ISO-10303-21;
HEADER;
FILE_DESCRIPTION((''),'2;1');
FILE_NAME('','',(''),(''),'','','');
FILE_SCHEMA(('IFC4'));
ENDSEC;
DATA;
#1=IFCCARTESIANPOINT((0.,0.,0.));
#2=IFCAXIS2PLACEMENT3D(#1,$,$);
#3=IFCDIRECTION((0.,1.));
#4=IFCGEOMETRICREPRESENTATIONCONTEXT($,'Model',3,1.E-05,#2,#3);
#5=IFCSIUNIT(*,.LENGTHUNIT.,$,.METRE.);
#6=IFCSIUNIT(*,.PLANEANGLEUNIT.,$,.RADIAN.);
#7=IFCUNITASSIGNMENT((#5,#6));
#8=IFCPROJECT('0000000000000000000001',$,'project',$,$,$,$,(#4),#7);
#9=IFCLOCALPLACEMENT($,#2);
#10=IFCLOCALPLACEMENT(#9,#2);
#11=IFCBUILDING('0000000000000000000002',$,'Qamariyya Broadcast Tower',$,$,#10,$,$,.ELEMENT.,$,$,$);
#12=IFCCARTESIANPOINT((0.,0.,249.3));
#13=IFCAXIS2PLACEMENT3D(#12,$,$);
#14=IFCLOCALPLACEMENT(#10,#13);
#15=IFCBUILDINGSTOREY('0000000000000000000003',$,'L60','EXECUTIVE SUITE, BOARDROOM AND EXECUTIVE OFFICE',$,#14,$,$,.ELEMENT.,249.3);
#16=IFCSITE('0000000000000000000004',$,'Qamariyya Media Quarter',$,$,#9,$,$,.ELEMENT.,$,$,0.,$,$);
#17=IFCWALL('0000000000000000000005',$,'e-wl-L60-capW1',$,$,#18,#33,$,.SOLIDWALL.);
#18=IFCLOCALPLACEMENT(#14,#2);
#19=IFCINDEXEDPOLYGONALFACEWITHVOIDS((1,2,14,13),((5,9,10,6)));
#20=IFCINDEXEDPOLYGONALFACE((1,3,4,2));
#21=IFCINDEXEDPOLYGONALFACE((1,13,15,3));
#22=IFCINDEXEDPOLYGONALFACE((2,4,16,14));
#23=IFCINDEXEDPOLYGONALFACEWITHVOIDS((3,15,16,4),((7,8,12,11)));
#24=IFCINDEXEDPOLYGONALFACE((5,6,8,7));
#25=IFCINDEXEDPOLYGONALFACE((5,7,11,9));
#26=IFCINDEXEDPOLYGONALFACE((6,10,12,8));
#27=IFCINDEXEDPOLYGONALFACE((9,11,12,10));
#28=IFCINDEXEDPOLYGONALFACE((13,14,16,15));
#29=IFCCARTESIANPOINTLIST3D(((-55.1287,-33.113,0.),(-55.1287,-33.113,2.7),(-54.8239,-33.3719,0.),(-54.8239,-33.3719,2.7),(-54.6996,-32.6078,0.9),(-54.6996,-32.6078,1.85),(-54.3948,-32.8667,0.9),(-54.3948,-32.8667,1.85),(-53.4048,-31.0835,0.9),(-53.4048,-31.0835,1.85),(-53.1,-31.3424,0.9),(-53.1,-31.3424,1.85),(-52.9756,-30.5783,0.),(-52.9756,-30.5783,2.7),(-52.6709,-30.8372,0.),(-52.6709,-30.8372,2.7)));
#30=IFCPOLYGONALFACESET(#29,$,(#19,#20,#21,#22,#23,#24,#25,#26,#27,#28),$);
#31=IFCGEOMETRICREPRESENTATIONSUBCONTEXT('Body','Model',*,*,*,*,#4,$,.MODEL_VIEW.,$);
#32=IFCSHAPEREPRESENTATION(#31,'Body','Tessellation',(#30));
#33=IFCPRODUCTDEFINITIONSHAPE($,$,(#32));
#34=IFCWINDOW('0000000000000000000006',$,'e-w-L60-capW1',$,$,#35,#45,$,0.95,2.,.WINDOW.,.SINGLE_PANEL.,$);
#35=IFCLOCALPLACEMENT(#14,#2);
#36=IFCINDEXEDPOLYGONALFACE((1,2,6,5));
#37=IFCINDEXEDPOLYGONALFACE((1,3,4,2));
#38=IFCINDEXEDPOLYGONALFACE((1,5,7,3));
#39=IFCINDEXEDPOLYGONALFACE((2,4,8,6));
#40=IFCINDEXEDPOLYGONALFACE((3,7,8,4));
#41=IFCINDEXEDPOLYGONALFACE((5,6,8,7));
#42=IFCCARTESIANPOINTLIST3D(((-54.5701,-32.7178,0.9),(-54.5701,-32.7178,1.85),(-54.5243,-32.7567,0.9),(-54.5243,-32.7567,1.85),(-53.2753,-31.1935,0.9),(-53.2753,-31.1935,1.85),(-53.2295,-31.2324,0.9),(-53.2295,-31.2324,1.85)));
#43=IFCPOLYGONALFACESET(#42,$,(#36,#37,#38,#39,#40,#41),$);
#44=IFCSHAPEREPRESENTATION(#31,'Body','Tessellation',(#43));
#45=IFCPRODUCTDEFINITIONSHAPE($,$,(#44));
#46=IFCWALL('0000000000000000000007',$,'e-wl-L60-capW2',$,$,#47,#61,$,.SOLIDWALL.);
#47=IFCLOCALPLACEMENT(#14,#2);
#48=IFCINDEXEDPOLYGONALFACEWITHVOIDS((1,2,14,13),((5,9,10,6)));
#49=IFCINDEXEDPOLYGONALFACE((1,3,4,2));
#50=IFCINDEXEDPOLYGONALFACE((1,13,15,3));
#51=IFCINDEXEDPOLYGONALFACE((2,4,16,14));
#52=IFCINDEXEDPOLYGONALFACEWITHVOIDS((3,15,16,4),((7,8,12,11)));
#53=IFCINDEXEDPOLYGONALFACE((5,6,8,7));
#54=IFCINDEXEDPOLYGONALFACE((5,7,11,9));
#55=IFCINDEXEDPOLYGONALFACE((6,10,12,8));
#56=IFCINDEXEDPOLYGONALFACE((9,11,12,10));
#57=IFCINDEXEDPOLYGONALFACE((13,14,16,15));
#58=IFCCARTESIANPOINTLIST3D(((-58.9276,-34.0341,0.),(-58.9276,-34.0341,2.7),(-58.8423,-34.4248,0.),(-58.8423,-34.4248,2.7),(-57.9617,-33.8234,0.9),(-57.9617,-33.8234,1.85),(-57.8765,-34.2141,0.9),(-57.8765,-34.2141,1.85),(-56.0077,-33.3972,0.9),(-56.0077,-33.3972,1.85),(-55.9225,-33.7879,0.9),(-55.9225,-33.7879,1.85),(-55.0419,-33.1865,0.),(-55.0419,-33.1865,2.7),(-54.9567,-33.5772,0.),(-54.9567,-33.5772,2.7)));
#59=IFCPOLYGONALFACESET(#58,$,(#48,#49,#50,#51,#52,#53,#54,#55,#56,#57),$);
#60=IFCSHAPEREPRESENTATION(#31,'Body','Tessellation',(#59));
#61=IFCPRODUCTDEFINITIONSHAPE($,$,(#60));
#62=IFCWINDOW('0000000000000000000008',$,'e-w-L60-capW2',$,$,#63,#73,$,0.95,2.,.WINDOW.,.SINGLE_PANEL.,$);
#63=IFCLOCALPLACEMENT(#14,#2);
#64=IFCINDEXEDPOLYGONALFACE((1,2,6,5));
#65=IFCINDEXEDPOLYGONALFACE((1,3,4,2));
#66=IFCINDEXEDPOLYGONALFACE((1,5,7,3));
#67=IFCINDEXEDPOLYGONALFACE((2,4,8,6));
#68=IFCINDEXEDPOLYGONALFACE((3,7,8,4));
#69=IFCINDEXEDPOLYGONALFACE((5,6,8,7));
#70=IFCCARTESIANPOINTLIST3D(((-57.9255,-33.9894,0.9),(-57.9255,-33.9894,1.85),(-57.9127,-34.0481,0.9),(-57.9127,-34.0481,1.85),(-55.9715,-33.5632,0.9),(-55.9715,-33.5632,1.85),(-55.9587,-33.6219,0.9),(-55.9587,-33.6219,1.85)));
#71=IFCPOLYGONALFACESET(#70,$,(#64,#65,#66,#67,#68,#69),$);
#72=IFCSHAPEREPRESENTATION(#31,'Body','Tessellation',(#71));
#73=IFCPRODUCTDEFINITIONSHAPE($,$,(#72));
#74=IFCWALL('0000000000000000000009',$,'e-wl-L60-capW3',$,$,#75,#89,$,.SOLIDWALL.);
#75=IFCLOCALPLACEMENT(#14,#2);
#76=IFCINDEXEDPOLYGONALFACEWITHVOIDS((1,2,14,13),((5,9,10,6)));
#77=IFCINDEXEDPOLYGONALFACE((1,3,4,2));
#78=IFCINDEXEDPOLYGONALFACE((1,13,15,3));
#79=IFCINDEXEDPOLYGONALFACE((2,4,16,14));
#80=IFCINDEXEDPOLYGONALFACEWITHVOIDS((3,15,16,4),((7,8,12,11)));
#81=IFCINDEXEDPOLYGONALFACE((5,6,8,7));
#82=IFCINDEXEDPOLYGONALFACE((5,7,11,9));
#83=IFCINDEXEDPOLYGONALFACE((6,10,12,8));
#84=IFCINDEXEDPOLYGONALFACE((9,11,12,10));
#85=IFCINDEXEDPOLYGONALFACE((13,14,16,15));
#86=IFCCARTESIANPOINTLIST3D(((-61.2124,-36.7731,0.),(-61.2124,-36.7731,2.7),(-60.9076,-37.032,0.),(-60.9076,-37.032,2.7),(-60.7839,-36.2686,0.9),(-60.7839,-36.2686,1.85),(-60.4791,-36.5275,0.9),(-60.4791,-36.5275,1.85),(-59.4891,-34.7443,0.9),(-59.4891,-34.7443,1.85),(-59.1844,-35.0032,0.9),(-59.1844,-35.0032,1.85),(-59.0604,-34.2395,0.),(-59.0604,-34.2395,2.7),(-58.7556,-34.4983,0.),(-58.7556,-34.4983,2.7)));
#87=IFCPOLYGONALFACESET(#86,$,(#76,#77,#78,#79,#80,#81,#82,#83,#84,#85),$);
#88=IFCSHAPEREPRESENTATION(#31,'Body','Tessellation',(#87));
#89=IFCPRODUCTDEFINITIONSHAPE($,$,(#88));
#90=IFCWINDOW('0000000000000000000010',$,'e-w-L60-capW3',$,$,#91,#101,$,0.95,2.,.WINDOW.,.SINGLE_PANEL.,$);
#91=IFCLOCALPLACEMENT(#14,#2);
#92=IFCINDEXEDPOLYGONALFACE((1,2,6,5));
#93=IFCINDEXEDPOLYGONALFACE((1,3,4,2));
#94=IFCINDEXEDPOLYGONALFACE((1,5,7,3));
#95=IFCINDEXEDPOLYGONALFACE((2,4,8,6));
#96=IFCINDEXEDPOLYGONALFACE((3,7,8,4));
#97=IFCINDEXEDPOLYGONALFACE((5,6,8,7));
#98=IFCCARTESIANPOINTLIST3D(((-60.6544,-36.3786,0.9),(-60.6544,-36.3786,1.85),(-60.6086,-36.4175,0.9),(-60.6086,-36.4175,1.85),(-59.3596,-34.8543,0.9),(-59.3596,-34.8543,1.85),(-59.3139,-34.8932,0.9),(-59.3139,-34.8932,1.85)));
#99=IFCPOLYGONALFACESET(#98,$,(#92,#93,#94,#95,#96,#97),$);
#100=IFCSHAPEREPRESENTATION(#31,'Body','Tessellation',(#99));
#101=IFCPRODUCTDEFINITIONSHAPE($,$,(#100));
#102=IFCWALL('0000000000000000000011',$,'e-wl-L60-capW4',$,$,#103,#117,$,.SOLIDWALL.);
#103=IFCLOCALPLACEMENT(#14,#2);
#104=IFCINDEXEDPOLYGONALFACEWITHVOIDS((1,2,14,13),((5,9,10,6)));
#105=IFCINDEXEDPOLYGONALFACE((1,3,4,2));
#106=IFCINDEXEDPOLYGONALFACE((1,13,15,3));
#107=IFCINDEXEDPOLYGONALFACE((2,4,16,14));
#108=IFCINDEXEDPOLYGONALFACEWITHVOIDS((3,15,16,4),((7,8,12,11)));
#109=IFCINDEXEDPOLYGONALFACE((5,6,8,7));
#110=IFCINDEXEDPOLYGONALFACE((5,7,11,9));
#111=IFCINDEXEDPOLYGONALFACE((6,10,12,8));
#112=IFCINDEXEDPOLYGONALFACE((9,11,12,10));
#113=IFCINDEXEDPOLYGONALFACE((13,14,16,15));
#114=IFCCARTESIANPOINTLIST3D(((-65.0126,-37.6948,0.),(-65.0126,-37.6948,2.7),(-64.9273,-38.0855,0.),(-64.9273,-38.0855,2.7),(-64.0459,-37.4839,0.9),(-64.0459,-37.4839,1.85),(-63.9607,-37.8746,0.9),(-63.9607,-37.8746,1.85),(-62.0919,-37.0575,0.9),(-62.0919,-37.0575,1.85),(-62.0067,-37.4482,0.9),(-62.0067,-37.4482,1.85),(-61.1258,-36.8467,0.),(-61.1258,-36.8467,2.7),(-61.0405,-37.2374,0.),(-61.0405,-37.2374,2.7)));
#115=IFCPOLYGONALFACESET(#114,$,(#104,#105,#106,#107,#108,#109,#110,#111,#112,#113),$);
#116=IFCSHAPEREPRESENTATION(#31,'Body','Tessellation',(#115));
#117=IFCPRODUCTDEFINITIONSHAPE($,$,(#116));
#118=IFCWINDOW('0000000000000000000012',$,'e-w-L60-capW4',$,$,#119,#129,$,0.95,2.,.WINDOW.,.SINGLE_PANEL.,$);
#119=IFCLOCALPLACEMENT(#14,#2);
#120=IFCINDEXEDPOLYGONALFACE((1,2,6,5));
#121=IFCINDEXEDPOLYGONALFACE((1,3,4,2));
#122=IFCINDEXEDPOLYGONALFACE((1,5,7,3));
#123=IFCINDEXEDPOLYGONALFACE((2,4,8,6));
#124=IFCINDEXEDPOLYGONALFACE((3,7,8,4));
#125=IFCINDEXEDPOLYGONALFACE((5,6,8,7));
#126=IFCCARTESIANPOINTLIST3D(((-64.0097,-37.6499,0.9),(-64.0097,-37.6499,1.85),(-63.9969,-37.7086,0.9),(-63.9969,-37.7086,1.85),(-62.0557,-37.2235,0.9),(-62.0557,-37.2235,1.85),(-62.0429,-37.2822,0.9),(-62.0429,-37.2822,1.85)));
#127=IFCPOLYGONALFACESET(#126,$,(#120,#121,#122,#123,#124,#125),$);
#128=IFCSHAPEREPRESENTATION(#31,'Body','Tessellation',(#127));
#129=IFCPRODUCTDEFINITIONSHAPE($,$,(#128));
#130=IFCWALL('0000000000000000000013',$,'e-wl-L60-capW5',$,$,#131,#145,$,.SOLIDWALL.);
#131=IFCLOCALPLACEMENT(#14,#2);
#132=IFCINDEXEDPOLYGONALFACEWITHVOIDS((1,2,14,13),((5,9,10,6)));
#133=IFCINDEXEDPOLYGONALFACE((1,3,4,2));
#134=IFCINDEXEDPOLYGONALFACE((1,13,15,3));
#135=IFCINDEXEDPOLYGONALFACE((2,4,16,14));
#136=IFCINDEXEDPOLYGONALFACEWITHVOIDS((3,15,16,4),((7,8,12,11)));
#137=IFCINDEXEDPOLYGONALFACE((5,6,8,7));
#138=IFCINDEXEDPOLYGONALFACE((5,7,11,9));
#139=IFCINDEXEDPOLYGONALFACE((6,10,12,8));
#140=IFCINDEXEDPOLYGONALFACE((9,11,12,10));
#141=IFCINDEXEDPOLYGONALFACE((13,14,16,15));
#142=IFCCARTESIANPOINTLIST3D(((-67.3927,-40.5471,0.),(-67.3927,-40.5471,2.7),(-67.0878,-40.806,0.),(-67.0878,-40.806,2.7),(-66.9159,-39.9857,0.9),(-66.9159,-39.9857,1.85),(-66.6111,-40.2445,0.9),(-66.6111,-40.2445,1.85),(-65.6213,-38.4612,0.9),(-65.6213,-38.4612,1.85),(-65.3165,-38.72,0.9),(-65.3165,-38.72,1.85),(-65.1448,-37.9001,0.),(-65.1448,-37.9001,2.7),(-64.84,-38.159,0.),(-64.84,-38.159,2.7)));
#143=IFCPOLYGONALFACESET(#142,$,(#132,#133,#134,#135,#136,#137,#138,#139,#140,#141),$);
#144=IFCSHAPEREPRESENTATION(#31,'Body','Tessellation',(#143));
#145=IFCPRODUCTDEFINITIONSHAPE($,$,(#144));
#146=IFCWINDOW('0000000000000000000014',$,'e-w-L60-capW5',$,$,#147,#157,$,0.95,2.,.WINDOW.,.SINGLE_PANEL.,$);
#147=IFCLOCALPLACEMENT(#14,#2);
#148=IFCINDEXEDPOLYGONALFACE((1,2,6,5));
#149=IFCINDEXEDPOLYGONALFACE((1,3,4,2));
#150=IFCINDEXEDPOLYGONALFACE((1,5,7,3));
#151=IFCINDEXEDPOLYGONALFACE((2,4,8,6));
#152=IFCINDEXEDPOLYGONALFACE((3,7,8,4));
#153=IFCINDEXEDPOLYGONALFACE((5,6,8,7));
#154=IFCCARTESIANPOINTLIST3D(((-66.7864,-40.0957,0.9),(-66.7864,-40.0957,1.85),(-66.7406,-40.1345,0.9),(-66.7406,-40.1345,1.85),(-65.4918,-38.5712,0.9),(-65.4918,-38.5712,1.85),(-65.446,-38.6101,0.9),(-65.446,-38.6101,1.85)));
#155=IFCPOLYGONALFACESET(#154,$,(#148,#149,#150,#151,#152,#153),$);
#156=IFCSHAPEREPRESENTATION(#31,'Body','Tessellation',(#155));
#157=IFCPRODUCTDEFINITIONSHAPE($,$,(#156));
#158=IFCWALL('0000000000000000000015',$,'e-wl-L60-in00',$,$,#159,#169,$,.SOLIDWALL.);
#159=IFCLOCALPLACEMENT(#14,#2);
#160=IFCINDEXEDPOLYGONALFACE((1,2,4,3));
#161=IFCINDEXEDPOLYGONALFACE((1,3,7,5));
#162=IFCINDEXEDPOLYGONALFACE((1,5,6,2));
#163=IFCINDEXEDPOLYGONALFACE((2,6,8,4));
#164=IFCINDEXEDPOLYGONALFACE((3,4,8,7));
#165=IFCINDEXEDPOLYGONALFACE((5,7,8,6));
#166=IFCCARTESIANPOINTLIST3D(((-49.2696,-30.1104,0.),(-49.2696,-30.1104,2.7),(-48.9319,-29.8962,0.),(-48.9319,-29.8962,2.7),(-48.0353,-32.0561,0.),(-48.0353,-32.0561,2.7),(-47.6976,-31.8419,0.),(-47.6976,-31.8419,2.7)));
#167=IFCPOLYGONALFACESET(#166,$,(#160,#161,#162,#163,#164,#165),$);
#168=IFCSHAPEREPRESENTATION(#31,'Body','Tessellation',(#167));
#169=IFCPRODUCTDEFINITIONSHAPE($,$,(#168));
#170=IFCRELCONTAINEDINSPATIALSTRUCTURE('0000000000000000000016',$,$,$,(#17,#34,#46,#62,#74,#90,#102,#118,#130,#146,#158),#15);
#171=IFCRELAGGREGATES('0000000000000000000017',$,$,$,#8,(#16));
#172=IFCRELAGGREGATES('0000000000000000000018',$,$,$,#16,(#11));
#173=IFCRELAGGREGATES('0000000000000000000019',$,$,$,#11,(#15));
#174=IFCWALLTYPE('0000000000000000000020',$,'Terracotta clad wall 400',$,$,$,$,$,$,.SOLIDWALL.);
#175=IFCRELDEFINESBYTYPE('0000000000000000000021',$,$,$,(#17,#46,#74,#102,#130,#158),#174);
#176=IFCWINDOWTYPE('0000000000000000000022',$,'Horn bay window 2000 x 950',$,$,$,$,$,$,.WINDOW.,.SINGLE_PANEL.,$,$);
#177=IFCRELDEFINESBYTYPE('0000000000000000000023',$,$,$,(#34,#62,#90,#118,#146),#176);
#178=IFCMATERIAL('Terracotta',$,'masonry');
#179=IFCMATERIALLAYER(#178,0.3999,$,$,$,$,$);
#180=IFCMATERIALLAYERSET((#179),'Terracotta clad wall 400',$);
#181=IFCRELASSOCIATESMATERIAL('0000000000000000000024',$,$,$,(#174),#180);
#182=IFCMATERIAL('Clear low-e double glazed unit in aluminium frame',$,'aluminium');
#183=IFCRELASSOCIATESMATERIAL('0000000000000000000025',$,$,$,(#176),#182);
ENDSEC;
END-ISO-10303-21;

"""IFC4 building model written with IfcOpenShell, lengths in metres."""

from ifc_helpers import new_model, si_unit, direction, frame, frame_2d, origin, place, context, subcontext, project, spatial, rectangle, extrude, material, layer, layer_set, type_object, element, fill, save


model = new_model("IFC4")

# Units and contexts
model_context = context("Model", 3, precision=1e-05, world=origin(), true_north=direction((0.0, 1.0)))
body_context = subcontext(model_context, "Body", "Model", "MODEL_VIEW")
ifc_project = project(units=[si_unit("LENGTHUNIT", "METRE"), si_unit("PLANEANGLEUNIT", "RADIAN")], contexts=[model_context])

# Site, building, storey
site_placement = place(None, origin())
site = spatial("IfcSite", under=ifc_project, at=site_placement, Name="Qamariyya Media Quarter", CompositionType="ELEMENT", RefElevation=0.0)
building_placement = place(site_placement, origin())
building = spatial("IfcBuilding", under=site, at=building_placement, Name="Qamariyya Broadcast Tower", CompositionType="ELEMENT")
storey_placement = place(building_placement, frame((0.0, 0.0, 249.3)))
storey = spatial("IfcBuildingStorey", under=building, at=storey_placement, Name="L60", Description="EXECUTIVE SUITE, BOARDROOM AND EXECUTIVE OFFICE", CompositionType="ELEMENT", Elevation=249.3)

# Walls, openings, windows
ifc_material_1 = material(Name="Terracotta", Category="masonry")
ifc_layer = layer(ifc_material_1, 0.3999)
ifc_layer_set = layer_set([ifc_layer], Name="Terracotta clad wall 400")
wall_type = type_object("IfcWallType", Name="Terracotta clad wall 400", PredefinedType="SOLIDWALL", material=ifc_layer_set)
ifc_material_2 = material(Name="Clear low-e double glazed unit in aluminium frame", Category="aluminium")
window_type_1 = type_object("IfcWindowType", Name="Horn bay window 2000 x 950", PartitioningType="SINGLE_PANEL", PredefinedType="WINDOW", material=ifc_material_2)
wall_1_placement = place(storey_placement, frame((-52.8232, -30.7078, 0.0), z_axis=(0.0, 0.0, 1.0), x_axis=(-0.647405, -0.762146, 0.0)))
wall_1 = element("IfcWall", 1, at=wall_1_placement, inside=storey, type_object=wall_type, Name="e-wl-L60-capW1", PredefinedType="SOLIDWALL", context=body_context, shape_type="SweptSolid", body=[
    extrude(rectangle(XDim=3.3257, YDim=0.3999, at=frame_2d((1.6628, 0.0))), origin(), (0.0, 0.0, 1.0), 2.7),
])
opening_1_placement = place(wall_1_placement, frame((0.6628, 0.0, 0.8999)))
opening_1 = element("IfcOpeningElement", 2, at=opening_1_placement, cuts=wall_1, PredefinedType="OPENING", context=body_context, shape_type="SweptSolid", body=[
    extrude(rectangle(XDim=2.0, YDim=0.95, at=frame_2d((1.0, 0.4751))), frame((0.0, 0.21, 0.0), z_axis=(0.0, -1.0, 0.0), x_axis=(1.0, 0.0, 0.0)), (0.0, 0.0, 1.0), 0.4199),
])
window_1_placement = place(opening_1_placement, origin())
window_1 = element("IfcWindow", 3, at=window_1_placement, inside=storey, type_object=window_type_1, Name="e-w-L60-capW1", OverallHeight=0.95, OverallWidth=2.0, PartitioningType="SINGLE_PANEL", PredefinedType="WINDOW", context=body_context, shape_type="SweptSolid", body=[
    extrude(rectangle(XDim=2.0, YDim=0.95, at=frame_2d((1.0, 0.4751))), frame((0.0, 0.03, 0.0), z_axis=(0.0, -1.0, 0.0), x_axis=(1.0, 0.0, 0.0)), (0.0, 0.0, 1.0), 0.0601),
])
fill(opening_1, window_1)
wall_2_placement = place(storey_placement, frame((-54.9993, -33.3818, 0.0), z_axis=(0.0, 0.0, 1.0), x_axis=(-0.977023, -0.213133, 0.0)))
wall_2 = element("IfcWall", 4, at=wall_2_placement, inside=storey, type_object=wall_type, Name="e-wl-L60-capW2", PredefinedType="SOLIDWALL", context=body_context, shape_type="SweptSolid", body=[
    extrude(rectangle(XDim=3.9771, YDim=0.3999, at=frame_2d((1.9885, 0.0))), origin(), (0.0, 0.0, 1.0), 2.7),
])
opening_2_placement = place(wall_2_placement, frame((0.9885, 0.0, 0.8999)))
opening_2 = element("IfcOpeningElement", 5, at=opening_2_placement, cuts=wall_2, PredefinedType="OPENING", context=body_context, shape_type="SweptSolid", body=[
    extrude(rectangle(XDim=2.0, YDim=0.95, at=frame_2d((1.0, 0.4751))), frame((0.0, 0.21, 0.0), z_axis=(0.0, -1.0, 0.0), x_axis=(1.0, 0.0, 0.0)), (0.0, 0.0, 1.0), 0.4199),
])
window_2_placement = place(opening_2_placement, origin())
window_2 = element("IfcWindow", 6, at=window_2_placement, inside=storey, type_object=window_type_1, Name="e-w-L60-capW2", OverallHeight=0.95, OverallWidth=2.0, PartitioningType="SINGLE_PANEL", PredefinedType="WINDOW", context=body_context, shape_type="SweptSolid", body=[
    extrude(rectangle(XDim=2.0, YDim=0.95, at=frame_2d((1.0, 0.4751))), frame((0.0, 0.03, 0.0), z_axis=(0.0, -1.0, 0.0), x_axis=(1.0, 0.0, 0.0)), (0.0, 0.0, 1.0), 0.0601),
])
fill(opening_2, window_2)
wall_3_placement = place(storey_placement, frame((-58.908, -34.3689, 0.0), z_axis=(0.0, 0.0, 1.0), x_axis=(-0.64738, -0.762168, 0.0)))
wall_3 = element("IfcWall", 7, at=wall_3_placement, inside=storey, type_object=wall_type, Name="e-wl-L60-capW3", PredefinedType="SOLIDWALL", context=body_context, shape_type="SweptSolid", body=[
    extrude(rectangle(XDim=3.3242, YDim=0.3999, at=frame_2d((1.6621, 0.0))), origin(), (0.0, 0.0, 1.0), 2.7),
])
opening_3_placement = place(wall_3_placement, frame((0.6624, 0.0, 0.8999)))
opening_3 = element("IfcOpeningElement", 8, at=opening_3_placement, cuts=wall_3, PredefinedType="OPENING", context=body_context, shape_type="SweptSolid", body=[
    extrude(rectangle(XDim=2.0, YDim=0.95, at=frame_2d((1.0, 0.4751))), frame((0.0, 0.21, 0.0), z_axis=(0.0, -1.0, 0.0), x_axis=(1.0, 0.0, 0.0)), (0.0, 0.0, 1.0), 0.4199),
])
window_3_placement = place(opening_3_placement, origin())
window_3 = element("IfcWindow", 9, at=window_3_placement, inside=storey, type_object=window_type_1, Name="e-w-L60-capW3", OverallHeight=0.95, OverallWidth=2.0, PartitioningType="SINGLE_PANEL", PredefinedType="WINDOW", context=body_context, shape_type="SweptSolid", body=[
    extrude(rectangle(XDim=2.0, YDim=0.95, at=frame_2d((1.0, 0.4751))), frame((0.0, 0.03, 0.0), z_axis=(0.0, -1.0, 0.0), x_axis=(1.0, 0.0, 0.0)), (0.0, 0.0, 1.0), 0.0601),
])
fill(opening_3, window_3)
wall_4_placement = place(storey_placement, frame((-61.083, -37.042, 0.0), z_axis=(0.0, 0.0, 1.0), x_axis=(-0.977009, -0.213199, 0.0)))
wall_4 = element("IfcWall", 10, at=wall_4_placement, inside=storey, type_object=wall_type, Name="e-wl-L60-capW4", PredefinedType="SOLIDWALL", context=body_context, shape_type="SweptSolid", body=[
    extrude(rectangle(XDim=3.9783, YDim=0.3999, at=frame_2d((1.9893, 0.0))), origin(), (0.0, 0.0, 1.0), 2.7),
])
opening_4_placement = place(wall_4_placement, frame((0.989, 0.0, 0.8999)))
opening_4 = element("IfcOpeningElement", 11, at=opening_4_placement, cuts=wall_4, PredefinedType="OPENING", context=body_context, shape_type="SweptSolid", body=[
    extrude(rectangle(XDim=2.0, YDim=0.95, at=frame_2d((1.0, 0.4751))), frame((0.0, 0.21, 0.0), z_axis=(0.0, -1.0, 0.0), x_axis=(1.0, 0.0, 0.0)), (0.0, 0.0, 1.0), 0.4199),
])
window_4_placement = place(opening_4_placement, origin())
window_4 = element("IfcWindow", 12, at=window_4_placement, inside=storey, type_object=window_type_1, Name="e-w-L60-capW4", OverallHeight=0.95, OverallWidth=2.0, PartitioningType="SINGLE_PANEL", PredefinedType="WINDOW", context=body_context, shape_type="SweptSolid", body=[
    extrude(rectangle(XDim=2.0, YDim=0.95, at=frame_2d((1.0, 0.4751))), frame((0.0, 0.03, 0.0), z_axis=(0.0, -1.0, 0.0), x_axis=(1.0, 0.0, 0.0)), (0.0, 0.0, 1.0), 0.0601),
])
fill(opening_4, window_4)
wall_5_placement = place(storey_placement, frame((-64.9924, -38.0295, 0.0), z_axis=(0.0, 0.0, 1.0), x_axis=(-0.647293, -0.762241, 0.0)))
wall_5 = element("IfcWall", 13, at=wall_5_placement, inside=storey, type_object=wall_type, Name="e-wl-L60-capW5", PredefinedType="SOLIDWALL", context=body_context, shape_type="SweptSolid", body=[
    extrude(rectangle(XDim=3.4727, YDim=0.3999, at=frame_2d((1.7363, 0.0))), origin(), (0.0, 0.0, 1.0), 2.7),
])
opening_5_placement = place(wall_5_placement, frame((0.7361, 0.0, 0.8999)))
opening_5 = element("IfcOpeningElement", 14, at=opening_5_placement, cuts=wall_5, PredefinedType="OPENING", context=body_context, shape_type="SweptSolid", body=[
    extrude(rectangle(XDim=2.0, YDim=0.95, at=frame_2d((1.0, 0.4751))), frame((0.0, 0.21, 0.0), z_axis=(0.0, -1.0, 0.0), x_axis=(1.0, 0.0, 0.0)), (0.0, 0.0, 1.0), 0.4199),
])
window_5_placement = place(opening_5_placement, origin())
window_5 = element("IfcWindow", 15, at=window_5_placement, inside=storey, type_object=window_type_1, Name="e-w-L60-capW5", OverallHeight=0.95, OverallWidth=2.0, PartitioningType="SINGLE_PANEL", PredefinedType="WINDOW", context=body_context, shape_type="SweptSolid", body=[
    extrude(rectangle(XDim=2.0, YDim=0.95, at=frame_2d((1.0, 0.4751))), frame((0.0, 0.03, 0.0), z_axis=(0.0, -1.0, 0.0), x_axis=(1.0, 0.0, 0.0)), (0.0, 0.0, 1.0), 0.0601),
])
fill(opening_5, window_5)

# Wall
wall_6_placement = place(storey_placement, frame((-47.8665, -31.949, 0.0), z_axis=(0.0, 0.0, 1.0), x_axis=(-0.535682, 0.84442, 0.0)))
element("IfcWall", 16, at=wall_6_placement, inside=storey, type_object=wall_type, Name="e-wl-L60-in00", PredefinedType="SOLIDWALL", context=body_context, shape_type="SweptSolid", body=[
    extrude(rectangle(XDim=2.3042, YDim=0.3999, at=frame_2d((1.1521, 0.0))), origin(), (0.0, 0.0, 1.0), 2.7),
])

save(model, "model.ifc")
